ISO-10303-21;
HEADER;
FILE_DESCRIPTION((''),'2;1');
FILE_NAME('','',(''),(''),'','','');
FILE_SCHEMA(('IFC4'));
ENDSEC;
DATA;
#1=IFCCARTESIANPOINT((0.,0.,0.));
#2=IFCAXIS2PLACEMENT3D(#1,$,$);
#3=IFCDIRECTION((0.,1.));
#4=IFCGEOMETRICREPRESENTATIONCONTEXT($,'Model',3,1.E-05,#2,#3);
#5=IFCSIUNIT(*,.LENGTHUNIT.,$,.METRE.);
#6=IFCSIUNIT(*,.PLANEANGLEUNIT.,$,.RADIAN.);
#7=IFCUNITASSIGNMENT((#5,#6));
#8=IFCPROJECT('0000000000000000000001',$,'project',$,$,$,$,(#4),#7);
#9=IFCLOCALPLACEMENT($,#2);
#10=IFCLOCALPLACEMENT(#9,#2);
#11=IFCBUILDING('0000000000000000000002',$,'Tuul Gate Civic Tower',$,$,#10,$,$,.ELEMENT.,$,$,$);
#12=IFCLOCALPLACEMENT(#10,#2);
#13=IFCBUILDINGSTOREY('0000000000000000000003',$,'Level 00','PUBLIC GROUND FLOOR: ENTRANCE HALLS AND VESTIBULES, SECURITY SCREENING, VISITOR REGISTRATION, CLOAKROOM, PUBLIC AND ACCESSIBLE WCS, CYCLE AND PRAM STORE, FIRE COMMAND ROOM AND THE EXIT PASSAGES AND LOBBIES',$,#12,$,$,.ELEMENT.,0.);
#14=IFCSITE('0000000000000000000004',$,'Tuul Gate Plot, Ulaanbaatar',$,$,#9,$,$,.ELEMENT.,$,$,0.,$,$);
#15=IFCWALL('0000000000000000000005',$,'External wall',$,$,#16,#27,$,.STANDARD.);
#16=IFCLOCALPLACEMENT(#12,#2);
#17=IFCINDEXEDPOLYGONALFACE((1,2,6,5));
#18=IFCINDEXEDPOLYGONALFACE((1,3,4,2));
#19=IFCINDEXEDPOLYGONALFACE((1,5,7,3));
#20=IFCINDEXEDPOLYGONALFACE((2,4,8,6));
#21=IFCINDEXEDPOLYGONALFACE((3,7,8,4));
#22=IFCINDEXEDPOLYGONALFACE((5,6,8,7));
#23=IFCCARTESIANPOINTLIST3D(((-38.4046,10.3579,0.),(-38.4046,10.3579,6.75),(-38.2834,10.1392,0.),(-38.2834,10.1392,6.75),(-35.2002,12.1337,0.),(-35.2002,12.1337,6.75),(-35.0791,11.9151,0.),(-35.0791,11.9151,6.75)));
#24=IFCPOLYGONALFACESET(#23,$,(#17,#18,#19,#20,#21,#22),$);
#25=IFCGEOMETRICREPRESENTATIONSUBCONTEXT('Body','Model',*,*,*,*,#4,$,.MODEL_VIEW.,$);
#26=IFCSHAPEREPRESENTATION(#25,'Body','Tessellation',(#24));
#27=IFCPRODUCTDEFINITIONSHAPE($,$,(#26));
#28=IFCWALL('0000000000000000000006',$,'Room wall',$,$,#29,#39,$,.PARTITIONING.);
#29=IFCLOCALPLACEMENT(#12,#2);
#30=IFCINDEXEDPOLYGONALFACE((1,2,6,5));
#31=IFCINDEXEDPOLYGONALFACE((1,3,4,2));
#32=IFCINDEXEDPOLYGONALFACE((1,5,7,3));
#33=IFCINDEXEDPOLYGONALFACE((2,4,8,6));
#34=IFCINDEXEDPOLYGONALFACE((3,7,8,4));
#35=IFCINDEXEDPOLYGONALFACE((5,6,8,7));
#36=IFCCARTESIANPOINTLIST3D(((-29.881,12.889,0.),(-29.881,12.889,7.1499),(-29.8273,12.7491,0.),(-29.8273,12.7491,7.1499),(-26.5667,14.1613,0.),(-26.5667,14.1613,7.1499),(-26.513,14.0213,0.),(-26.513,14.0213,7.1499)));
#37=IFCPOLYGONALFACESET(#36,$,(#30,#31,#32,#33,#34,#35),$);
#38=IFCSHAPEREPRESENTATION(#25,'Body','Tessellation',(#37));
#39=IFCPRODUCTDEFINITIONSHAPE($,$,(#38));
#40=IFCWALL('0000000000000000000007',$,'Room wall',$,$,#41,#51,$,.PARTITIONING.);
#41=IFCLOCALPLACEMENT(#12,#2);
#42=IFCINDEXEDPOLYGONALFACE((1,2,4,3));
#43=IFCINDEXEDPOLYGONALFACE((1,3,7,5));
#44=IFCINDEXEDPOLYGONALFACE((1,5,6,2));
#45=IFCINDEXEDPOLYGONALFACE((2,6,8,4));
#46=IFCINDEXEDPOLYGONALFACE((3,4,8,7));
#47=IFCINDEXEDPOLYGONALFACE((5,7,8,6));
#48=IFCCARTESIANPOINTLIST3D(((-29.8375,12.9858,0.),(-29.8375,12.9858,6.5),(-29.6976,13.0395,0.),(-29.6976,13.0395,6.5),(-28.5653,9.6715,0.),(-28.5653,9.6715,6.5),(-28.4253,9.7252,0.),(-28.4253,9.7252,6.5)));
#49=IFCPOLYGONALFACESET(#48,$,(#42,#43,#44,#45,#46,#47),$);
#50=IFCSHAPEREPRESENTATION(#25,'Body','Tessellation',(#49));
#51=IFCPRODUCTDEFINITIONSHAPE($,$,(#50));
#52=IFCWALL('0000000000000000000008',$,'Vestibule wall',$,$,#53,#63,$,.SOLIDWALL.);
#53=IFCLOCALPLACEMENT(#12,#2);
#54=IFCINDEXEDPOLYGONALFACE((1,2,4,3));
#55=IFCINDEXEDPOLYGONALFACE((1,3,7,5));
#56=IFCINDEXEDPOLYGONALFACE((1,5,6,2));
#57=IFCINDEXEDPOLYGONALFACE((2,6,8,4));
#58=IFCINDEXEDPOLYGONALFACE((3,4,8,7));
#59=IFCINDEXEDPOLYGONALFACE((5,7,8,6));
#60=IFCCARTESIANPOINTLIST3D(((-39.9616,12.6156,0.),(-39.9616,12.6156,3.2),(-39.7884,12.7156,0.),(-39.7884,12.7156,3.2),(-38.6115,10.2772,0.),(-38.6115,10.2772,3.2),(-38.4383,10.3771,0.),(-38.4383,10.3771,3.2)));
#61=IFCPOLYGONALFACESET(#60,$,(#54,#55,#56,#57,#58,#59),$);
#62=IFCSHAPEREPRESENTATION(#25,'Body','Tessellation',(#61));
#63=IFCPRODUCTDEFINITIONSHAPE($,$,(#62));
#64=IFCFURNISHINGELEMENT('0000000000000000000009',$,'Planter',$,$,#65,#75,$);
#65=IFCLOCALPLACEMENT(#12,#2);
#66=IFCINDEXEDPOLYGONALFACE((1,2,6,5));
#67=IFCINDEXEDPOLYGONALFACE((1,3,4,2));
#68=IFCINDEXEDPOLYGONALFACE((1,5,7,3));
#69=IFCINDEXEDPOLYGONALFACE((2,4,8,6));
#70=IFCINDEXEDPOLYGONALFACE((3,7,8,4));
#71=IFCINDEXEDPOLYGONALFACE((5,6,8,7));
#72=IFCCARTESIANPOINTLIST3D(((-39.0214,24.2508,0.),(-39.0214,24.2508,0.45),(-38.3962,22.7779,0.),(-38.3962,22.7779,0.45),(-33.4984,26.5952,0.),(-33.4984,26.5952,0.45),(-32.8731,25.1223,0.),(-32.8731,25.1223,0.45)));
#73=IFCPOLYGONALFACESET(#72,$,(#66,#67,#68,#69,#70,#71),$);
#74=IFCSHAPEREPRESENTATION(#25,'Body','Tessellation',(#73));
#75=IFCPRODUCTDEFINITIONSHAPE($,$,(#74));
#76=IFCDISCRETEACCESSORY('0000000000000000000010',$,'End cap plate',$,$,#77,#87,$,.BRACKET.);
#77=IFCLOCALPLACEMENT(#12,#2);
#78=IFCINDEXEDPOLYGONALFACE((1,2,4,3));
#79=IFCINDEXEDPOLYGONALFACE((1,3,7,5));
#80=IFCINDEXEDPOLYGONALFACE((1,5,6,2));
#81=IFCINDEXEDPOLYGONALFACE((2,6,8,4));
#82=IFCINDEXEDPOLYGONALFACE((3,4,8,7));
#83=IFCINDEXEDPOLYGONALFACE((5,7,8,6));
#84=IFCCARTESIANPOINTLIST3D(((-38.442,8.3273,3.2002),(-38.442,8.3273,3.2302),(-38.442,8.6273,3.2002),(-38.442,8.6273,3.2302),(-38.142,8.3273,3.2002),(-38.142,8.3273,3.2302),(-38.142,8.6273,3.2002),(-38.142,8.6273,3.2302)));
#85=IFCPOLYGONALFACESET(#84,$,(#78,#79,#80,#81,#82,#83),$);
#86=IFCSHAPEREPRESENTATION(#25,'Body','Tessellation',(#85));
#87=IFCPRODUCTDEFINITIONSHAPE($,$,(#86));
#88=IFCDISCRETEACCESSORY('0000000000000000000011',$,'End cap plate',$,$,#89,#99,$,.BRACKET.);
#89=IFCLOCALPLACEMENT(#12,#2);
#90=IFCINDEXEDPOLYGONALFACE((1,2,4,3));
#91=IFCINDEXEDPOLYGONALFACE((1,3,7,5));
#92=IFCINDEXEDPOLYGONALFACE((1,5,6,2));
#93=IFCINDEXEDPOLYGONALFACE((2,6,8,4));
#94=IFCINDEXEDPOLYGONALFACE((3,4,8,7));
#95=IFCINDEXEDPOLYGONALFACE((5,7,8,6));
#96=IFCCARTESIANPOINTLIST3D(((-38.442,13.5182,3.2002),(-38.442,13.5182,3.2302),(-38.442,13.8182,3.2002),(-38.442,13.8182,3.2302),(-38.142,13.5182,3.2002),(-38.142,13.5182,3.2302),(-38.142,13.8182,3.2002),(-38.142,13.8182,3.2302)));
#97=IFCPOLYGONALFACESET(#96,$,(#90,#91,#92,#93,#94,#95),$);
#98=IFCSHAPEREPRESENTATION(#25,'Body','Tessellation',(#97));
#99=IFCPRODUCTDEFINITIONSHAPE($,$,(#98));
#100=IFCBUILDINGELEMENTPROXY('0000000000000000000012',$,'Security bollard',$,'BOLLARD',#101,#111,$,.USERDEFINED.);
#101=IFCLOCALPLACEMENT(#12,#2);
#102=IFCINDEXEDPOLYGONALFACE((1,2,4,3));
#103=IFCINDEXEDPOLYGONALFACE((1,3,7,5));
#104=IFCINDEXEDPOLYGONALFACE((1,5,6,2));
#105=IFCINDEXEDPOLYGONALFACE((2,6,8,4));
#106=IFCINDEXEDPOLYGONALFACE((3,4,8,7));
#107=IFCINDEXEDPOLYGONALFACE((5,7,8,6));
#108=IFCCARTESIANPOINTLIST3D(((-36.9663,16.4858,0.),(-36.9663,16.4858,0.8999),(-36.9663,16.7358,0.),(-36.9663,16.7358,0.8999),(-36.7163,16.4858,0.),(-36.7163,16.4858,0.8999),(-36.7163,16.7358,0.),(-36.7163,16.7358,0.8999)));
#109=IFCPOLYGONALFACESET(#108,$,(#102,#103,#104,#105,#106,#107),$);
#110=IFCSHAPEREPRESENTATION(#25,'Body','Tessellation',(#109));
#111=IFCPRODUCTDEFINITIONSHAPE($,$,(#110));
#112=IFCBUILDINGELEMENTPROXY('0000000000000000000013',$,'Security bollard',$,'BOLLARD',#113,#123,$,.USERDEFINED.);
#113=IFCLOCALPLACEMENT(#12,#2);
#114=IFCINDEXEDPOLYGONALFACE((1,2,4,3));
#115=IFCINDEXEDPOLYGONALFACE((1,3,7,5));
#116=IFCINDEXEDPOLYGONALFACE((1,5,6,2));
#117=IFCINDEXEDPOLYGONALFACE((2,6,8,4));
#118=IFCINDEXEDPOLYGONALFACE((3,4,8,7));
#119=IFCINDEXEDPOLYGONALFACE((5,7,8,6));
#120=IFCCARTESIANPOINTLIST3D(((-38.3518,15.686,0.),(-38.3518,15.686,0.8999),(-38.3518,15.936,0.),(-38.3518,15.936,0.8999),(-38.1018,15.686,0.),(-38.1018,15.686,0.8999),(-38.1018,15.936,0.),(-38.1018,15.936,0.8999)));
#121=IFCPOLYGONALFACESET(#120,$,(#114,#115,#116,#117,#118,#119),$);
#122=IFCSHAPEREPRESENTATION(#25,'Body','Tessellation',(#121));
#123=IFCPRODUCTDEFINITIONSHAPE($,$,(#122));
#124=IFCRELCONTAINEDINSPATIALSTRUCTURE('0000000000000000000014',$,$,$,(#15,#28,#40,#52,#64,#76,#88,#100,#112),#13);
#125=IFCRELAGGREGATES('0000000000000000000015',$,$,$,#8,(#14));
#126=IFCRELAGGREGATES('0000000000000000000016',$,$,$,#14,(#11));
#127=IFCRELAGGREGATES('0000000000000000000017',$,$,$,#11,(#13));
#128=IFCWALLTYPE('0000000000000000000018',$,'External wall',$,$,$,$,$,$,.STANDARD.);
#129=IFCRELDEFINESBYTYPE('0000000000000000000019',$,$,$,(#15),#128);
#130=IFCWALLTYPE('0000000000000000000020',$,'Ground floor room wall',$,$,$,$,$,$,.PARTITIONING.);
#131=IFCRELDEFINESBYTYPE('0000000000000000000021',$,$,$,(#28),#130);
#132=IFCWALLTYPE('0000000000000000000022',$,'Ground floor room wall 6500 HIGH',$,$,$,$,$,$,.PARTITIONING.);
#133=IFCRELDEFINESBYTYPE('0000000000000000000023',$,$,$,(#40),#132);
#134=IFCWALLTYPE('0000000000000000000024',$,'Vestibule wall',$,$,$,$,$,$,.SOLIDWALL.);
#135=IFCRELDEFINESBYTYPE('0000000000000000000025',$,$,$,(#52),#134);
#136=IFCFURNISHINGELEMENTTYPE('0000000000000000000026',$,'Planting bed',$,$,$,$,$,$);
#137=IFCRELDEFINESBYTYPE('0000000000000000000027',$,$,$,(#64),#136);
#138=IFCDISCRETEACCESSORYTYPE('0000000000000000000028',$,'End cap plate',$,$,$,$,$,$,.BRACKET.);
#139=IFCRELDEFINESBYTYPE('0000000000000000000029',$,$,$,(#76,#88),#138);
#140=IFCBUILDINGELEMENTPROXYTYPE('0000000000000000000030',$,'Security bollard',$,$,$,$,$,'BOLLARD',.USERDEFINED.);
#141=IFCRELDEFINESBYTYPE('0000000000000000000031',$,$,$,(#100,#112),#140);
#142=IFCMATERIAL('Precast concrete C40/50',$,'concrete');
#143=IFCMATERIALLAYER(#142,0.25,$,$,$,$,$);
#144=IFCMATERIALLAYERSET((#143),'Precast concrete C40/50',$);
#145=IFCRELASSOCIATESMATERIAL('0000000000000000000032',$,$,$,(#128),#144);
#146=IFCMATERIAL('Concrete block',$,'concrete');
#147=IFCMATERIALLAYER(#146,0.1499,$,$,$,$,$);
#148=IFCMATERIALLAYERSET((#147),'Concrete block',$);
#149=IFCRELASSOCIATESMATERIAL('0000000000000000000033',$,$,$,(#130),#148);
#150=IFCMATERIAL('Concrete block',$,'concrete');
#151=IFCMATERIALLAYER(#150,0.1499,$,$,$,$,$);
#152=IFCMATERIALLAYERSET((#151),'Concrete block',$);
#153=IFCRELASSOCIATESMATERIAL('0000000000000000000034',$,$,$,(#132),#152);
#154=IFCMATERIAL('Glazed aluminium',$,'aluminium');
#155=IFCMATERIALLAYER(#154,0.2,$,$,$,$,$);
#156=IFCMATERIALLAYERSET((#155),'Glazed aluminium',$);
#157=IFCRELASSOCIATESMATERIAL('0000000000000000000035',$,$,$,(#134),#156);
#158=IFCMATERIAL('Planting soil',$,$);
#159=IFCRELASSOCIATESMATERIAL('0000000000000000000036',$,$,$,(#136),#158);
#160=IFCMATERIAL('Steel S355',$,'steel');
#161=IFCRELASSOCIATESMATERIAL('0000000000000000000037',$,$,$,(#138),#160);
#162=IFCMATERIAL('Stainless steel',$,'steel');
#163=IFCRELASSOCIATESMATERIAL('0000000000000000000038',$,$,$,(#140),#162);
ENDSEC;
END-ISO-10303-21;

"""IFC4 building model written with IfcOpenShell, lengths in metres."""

from ifc_helpers import new_model, si_unit, direction, frame, frame_2d, origin, origin_2d, place, context, subcontext, project, spatial, rectangle, extrude, material, layer, layer_set, type_object, element, save


model = new_model("IFC4")

# Units and contexts
model_context = context("Model", 3, precision=1e-05, world=origin(), true_north=direction((0.0, 1.0)))
body_context = subcontext(model_context, "Body", "Model", "MODEL_VIEW")
ifc_project = project(units=[si_unit("LENGTHUNIT", "METRE"), si_unit("PLANEANGLEUNIT", "RADIAN")], contexts=[model_context])

# Site, building, storey
site_placement = place(None, origin())
site = spatial("IfcSite", under=ifc_project, at=site_placement, Name="Tuul Gate Plot, Ulaanbaatar", CompositionType="ELEMENT", RefElevation=0.0)
building_placement = place(site_placement, origin())
building = spatial("IfcBuilding", under=site, at=building_placement, Name="Tuul Gate Civic Tower", CompositionType="ELEMENT")
storey_placement = place(building_placement, origin())
storey = spatial("IfcBuildingStorey", under=building, at=storey_placement, Name="Level 00", Description="PUBLIC GROUND FLOOR: ENTRANCE HALLS AND VESTIBULES, SECURITY SCREENING, VISITOR REGISTRATION, CLOAKROOM, PUBLIC AND ACCESSIBLE WCS, CYCLE AND PRAM STORE, FIRE COMMAND ROOM AND THE EXIT PASSAGES AND LOBBIES", CompositionType="ELEMENT", Elevation=0.0)

# Walls
ifc_material_1 = material(Name="Precast concrete C40/50", Category="concrete")
ifc_layer_1 = layer(ifc_material_1, 0.25)
ifc_layer_set_1 = layer_set([ifc_layer_1], Name="Precast concrete C40/50")
wall_type_1 = type_object("IfcWallType", Name="External wall", PredefinedType="STANDARD", material=ifc_layer_set_1)
wall_1_placement = place(storey_placement, frame((-35.1396, 12.0244, 0.0), z_axis=(0.0, 0.0, 1.0), x_axis=(-0.874657, -0.484743, 0.0)))
element("IfcWall", 1, at=wall_1_placement, inside=storey, type_object=wall_type_1, Name="External wall", PredefinedType="STANDARD", context=body_context, shape_type="SweptSolid", body=[
    extrude(rectangle(XDim=3.6636, YDim=0.25, at=frame_2d((1.8318, 0.0))), origin(), (0.0, 0.0, 1.0), 6.75),
])
ifc_material_2 = material(Name="Concrete block", Category="concrete")
ifc_layer_2 = layer(ifc_material_2, 0.1499)
ifc_layer_set_2 = layer_set([ifc_layer_2], Name="Concrete block")
wall_type_2 = type_object("IfcWallType", Name="Ground floor room wall", PredefinedType="PARTITIONING", material=ifc_layer_set_2)
wall_2_placement = place(storey_placement, frame((-29.854, 12.8191, 0.0), z_axis=(0.0, 0.0, 1.0), x_axis=(0.933579, 0.358371, 0.0)))
element("IfcWall", 2, at=wall_2_placement, inside=storey, type_object=wall_type_2, Name="Room wall", PredefinedType="PARTITIONING", context=body_context, shape_type="SweptSolid", body=[
    extrude(rectangle(XDim=3.55, YDim=0.1499, at=frame_2d((1.7749, 0.0))), origin(), (0.0, 0.0, 1.0), 7.1499),
])
ifc_material_3 = material(Name="Concrete block", Category="concrete")
ifc_layer_3 = layer(ifc_material_3, 0.1499)
ifc_layer_set_3 = layer_set([ifc_layer_3], Name="Concrete block")
wall_type_3 = type_object("IfcWallType", Name="Ground floor room wall 6500 HIGH", PredefinedType="PARTITIONING", material=ifc_layer_set_3)
wall_3_placement = place(storey_placement, frame((-28.4954, 9.6985, 0.0), z_axis=(0.0, 0.0, 1.0), x_axis=(-0.358371, 0.933579, 0.0)))
element("IfcWall", 3, at=wall_3_placement, inside=storey, type_object=wall_type_3, Name="Room wall", PredefinedType="PARTITIONING", context=body_context, shape_type="SweptSolid", body=[
    extrude(rectangle(XDim=3.55, YDim=0.1499, at=frame_2d((1.7749, 0.0))), origin(), (0.0, 0.0, 1.0), 6.5),
])
ifc_material_4 = material(Name="Glazed aluminium", Category="aluminium")
ifc_layer_4 = layer(ifc_material_4, 0.2)
ifc_layer_set_4 = layer_set([ifc_layer_4], Name="Glazed aluminium")
wall_type_4 = type_object("IfcWallType", Name="Vestibule wall", PredefinedType="SOLIDWALL", material=ifc_layer_set_4)
wall_4_placement = place(storey_placement, frame((-38.5249, 10.3271, 0.0), z_axis=(0.0, 0.0, 1.0), x_axis=(-0.500009, 0.86602, 0.0)))
element("IfcWall", 4, at=wall_4_placement, inside=storey, type_object=wall_type_4, Name="Vestibule wall", PredefinedType="SOLIDWALL", context=body_context, shape_type="SweptSolid", body=[
    extrude(rectangle(XDim=2.7002, YDim=0.2, at=frame_2d((1.3501, 0.0))), origin(), (0.0, 0.0, 1.0), 3.2),
])

# Furnishing element
ifc_material_5 = material(Name="Planting soil")
furnishing_element_type = type_object("IfcFurnishingElementType", Name="Planting bed", material=ifc_material_5)
furnishing_placement = place(storey_placement, frame((-35.9473, 24.6865, 0.0), z_axis=(0.0, 0.0, 1.0), x_axis=(-0.920505, -0.390731, 0.0)))
element("IfcFurnishingElement", 5, at=furnishing_placement, inside=storey, type_object=furnishing_element_type, Name="Planter", context=body_context, shape_type="SweptSolid", body=[
    extrude(rectangle(XDim=6.0, YDim=1.6001, at=origin_2d()), origin(), (0.0, 0.0, 1.0), 0.45),
])

# Discrete accessories
ifc_material_6 = material(Name="Steel S355", Category="steel")
discrete_accessory_type = type_object("IfcDiscreteAccessoryType", Name="End cap plate", PredefinedType="BRACKET", material=ifc_material_6)
for number, where, z_axis, x_axis, name in (
    (6, (-38.292, 8.4773, 3.2002), (0.0, 0.0, 1.0), (1.0, 0.0, 0.0), "End cap plate"),
    (7, (-38.292, 13.6682, 3.2002), (0.0, 0.0, 1.0), (1.0, 0.0, 0.0), "End cap plate"),
):
    element("IfcDiscreteAccessory", number, at=place(storey_placement, frame(where, z_axis=z_axis, x_axis=x_axis)), inside=storey, type_object=discrete_accessory_type, Name=name, PredefinedType="BRACKET", context=body_context, shape_type="SweptSolid", body=[
        extrude(rectangle(XDim=0.3, YDim=0.3, at=origin_2d()), origin(), (0.0, 0.0, 1.0), 0.03),
    ])

# Building element proxies
ifc_material_7 = material(Name="Stainless steel", Category="steel")
building_element_proxy_type = type_object("IfcBuildingElementProxyType", Name="Security bollard", ElementType="BOLLARD", PredefinedType="USERDEFINED", material=ifc_material_7)
for number, where, z_axis, x_axis, name in (
    (8, (-36.8413, 16.6108, 0.0), (0.0, 0.0, 1.0), (1.0, 0.0, 0.0), "Security bollard"),
    (9, (-38.2268, 15.811, 0.0), (0.0, 0.0, 1.0), (1.0, 0.0, 0.0), "Security bollard"),
):
    element("IfcBuildingElementProxy", number, at=place(storey_placement, frame(where, z_axis=z_axis, x_axis=x_axis)), inside=storey, type_object=building_element_proxy_type, Name=name, ObjectType="BOLLARD", PredefinedType="USERDEFINED", context=body_context, shape_type="SweptSolid", body=[
        extrude(rectangle(XDim=0.25, YDim=0.25, at=origin_2d()), origin(), (0.0, 0.0, 1.0), 0.8999),
    ])

save(model, "model.ifc")
